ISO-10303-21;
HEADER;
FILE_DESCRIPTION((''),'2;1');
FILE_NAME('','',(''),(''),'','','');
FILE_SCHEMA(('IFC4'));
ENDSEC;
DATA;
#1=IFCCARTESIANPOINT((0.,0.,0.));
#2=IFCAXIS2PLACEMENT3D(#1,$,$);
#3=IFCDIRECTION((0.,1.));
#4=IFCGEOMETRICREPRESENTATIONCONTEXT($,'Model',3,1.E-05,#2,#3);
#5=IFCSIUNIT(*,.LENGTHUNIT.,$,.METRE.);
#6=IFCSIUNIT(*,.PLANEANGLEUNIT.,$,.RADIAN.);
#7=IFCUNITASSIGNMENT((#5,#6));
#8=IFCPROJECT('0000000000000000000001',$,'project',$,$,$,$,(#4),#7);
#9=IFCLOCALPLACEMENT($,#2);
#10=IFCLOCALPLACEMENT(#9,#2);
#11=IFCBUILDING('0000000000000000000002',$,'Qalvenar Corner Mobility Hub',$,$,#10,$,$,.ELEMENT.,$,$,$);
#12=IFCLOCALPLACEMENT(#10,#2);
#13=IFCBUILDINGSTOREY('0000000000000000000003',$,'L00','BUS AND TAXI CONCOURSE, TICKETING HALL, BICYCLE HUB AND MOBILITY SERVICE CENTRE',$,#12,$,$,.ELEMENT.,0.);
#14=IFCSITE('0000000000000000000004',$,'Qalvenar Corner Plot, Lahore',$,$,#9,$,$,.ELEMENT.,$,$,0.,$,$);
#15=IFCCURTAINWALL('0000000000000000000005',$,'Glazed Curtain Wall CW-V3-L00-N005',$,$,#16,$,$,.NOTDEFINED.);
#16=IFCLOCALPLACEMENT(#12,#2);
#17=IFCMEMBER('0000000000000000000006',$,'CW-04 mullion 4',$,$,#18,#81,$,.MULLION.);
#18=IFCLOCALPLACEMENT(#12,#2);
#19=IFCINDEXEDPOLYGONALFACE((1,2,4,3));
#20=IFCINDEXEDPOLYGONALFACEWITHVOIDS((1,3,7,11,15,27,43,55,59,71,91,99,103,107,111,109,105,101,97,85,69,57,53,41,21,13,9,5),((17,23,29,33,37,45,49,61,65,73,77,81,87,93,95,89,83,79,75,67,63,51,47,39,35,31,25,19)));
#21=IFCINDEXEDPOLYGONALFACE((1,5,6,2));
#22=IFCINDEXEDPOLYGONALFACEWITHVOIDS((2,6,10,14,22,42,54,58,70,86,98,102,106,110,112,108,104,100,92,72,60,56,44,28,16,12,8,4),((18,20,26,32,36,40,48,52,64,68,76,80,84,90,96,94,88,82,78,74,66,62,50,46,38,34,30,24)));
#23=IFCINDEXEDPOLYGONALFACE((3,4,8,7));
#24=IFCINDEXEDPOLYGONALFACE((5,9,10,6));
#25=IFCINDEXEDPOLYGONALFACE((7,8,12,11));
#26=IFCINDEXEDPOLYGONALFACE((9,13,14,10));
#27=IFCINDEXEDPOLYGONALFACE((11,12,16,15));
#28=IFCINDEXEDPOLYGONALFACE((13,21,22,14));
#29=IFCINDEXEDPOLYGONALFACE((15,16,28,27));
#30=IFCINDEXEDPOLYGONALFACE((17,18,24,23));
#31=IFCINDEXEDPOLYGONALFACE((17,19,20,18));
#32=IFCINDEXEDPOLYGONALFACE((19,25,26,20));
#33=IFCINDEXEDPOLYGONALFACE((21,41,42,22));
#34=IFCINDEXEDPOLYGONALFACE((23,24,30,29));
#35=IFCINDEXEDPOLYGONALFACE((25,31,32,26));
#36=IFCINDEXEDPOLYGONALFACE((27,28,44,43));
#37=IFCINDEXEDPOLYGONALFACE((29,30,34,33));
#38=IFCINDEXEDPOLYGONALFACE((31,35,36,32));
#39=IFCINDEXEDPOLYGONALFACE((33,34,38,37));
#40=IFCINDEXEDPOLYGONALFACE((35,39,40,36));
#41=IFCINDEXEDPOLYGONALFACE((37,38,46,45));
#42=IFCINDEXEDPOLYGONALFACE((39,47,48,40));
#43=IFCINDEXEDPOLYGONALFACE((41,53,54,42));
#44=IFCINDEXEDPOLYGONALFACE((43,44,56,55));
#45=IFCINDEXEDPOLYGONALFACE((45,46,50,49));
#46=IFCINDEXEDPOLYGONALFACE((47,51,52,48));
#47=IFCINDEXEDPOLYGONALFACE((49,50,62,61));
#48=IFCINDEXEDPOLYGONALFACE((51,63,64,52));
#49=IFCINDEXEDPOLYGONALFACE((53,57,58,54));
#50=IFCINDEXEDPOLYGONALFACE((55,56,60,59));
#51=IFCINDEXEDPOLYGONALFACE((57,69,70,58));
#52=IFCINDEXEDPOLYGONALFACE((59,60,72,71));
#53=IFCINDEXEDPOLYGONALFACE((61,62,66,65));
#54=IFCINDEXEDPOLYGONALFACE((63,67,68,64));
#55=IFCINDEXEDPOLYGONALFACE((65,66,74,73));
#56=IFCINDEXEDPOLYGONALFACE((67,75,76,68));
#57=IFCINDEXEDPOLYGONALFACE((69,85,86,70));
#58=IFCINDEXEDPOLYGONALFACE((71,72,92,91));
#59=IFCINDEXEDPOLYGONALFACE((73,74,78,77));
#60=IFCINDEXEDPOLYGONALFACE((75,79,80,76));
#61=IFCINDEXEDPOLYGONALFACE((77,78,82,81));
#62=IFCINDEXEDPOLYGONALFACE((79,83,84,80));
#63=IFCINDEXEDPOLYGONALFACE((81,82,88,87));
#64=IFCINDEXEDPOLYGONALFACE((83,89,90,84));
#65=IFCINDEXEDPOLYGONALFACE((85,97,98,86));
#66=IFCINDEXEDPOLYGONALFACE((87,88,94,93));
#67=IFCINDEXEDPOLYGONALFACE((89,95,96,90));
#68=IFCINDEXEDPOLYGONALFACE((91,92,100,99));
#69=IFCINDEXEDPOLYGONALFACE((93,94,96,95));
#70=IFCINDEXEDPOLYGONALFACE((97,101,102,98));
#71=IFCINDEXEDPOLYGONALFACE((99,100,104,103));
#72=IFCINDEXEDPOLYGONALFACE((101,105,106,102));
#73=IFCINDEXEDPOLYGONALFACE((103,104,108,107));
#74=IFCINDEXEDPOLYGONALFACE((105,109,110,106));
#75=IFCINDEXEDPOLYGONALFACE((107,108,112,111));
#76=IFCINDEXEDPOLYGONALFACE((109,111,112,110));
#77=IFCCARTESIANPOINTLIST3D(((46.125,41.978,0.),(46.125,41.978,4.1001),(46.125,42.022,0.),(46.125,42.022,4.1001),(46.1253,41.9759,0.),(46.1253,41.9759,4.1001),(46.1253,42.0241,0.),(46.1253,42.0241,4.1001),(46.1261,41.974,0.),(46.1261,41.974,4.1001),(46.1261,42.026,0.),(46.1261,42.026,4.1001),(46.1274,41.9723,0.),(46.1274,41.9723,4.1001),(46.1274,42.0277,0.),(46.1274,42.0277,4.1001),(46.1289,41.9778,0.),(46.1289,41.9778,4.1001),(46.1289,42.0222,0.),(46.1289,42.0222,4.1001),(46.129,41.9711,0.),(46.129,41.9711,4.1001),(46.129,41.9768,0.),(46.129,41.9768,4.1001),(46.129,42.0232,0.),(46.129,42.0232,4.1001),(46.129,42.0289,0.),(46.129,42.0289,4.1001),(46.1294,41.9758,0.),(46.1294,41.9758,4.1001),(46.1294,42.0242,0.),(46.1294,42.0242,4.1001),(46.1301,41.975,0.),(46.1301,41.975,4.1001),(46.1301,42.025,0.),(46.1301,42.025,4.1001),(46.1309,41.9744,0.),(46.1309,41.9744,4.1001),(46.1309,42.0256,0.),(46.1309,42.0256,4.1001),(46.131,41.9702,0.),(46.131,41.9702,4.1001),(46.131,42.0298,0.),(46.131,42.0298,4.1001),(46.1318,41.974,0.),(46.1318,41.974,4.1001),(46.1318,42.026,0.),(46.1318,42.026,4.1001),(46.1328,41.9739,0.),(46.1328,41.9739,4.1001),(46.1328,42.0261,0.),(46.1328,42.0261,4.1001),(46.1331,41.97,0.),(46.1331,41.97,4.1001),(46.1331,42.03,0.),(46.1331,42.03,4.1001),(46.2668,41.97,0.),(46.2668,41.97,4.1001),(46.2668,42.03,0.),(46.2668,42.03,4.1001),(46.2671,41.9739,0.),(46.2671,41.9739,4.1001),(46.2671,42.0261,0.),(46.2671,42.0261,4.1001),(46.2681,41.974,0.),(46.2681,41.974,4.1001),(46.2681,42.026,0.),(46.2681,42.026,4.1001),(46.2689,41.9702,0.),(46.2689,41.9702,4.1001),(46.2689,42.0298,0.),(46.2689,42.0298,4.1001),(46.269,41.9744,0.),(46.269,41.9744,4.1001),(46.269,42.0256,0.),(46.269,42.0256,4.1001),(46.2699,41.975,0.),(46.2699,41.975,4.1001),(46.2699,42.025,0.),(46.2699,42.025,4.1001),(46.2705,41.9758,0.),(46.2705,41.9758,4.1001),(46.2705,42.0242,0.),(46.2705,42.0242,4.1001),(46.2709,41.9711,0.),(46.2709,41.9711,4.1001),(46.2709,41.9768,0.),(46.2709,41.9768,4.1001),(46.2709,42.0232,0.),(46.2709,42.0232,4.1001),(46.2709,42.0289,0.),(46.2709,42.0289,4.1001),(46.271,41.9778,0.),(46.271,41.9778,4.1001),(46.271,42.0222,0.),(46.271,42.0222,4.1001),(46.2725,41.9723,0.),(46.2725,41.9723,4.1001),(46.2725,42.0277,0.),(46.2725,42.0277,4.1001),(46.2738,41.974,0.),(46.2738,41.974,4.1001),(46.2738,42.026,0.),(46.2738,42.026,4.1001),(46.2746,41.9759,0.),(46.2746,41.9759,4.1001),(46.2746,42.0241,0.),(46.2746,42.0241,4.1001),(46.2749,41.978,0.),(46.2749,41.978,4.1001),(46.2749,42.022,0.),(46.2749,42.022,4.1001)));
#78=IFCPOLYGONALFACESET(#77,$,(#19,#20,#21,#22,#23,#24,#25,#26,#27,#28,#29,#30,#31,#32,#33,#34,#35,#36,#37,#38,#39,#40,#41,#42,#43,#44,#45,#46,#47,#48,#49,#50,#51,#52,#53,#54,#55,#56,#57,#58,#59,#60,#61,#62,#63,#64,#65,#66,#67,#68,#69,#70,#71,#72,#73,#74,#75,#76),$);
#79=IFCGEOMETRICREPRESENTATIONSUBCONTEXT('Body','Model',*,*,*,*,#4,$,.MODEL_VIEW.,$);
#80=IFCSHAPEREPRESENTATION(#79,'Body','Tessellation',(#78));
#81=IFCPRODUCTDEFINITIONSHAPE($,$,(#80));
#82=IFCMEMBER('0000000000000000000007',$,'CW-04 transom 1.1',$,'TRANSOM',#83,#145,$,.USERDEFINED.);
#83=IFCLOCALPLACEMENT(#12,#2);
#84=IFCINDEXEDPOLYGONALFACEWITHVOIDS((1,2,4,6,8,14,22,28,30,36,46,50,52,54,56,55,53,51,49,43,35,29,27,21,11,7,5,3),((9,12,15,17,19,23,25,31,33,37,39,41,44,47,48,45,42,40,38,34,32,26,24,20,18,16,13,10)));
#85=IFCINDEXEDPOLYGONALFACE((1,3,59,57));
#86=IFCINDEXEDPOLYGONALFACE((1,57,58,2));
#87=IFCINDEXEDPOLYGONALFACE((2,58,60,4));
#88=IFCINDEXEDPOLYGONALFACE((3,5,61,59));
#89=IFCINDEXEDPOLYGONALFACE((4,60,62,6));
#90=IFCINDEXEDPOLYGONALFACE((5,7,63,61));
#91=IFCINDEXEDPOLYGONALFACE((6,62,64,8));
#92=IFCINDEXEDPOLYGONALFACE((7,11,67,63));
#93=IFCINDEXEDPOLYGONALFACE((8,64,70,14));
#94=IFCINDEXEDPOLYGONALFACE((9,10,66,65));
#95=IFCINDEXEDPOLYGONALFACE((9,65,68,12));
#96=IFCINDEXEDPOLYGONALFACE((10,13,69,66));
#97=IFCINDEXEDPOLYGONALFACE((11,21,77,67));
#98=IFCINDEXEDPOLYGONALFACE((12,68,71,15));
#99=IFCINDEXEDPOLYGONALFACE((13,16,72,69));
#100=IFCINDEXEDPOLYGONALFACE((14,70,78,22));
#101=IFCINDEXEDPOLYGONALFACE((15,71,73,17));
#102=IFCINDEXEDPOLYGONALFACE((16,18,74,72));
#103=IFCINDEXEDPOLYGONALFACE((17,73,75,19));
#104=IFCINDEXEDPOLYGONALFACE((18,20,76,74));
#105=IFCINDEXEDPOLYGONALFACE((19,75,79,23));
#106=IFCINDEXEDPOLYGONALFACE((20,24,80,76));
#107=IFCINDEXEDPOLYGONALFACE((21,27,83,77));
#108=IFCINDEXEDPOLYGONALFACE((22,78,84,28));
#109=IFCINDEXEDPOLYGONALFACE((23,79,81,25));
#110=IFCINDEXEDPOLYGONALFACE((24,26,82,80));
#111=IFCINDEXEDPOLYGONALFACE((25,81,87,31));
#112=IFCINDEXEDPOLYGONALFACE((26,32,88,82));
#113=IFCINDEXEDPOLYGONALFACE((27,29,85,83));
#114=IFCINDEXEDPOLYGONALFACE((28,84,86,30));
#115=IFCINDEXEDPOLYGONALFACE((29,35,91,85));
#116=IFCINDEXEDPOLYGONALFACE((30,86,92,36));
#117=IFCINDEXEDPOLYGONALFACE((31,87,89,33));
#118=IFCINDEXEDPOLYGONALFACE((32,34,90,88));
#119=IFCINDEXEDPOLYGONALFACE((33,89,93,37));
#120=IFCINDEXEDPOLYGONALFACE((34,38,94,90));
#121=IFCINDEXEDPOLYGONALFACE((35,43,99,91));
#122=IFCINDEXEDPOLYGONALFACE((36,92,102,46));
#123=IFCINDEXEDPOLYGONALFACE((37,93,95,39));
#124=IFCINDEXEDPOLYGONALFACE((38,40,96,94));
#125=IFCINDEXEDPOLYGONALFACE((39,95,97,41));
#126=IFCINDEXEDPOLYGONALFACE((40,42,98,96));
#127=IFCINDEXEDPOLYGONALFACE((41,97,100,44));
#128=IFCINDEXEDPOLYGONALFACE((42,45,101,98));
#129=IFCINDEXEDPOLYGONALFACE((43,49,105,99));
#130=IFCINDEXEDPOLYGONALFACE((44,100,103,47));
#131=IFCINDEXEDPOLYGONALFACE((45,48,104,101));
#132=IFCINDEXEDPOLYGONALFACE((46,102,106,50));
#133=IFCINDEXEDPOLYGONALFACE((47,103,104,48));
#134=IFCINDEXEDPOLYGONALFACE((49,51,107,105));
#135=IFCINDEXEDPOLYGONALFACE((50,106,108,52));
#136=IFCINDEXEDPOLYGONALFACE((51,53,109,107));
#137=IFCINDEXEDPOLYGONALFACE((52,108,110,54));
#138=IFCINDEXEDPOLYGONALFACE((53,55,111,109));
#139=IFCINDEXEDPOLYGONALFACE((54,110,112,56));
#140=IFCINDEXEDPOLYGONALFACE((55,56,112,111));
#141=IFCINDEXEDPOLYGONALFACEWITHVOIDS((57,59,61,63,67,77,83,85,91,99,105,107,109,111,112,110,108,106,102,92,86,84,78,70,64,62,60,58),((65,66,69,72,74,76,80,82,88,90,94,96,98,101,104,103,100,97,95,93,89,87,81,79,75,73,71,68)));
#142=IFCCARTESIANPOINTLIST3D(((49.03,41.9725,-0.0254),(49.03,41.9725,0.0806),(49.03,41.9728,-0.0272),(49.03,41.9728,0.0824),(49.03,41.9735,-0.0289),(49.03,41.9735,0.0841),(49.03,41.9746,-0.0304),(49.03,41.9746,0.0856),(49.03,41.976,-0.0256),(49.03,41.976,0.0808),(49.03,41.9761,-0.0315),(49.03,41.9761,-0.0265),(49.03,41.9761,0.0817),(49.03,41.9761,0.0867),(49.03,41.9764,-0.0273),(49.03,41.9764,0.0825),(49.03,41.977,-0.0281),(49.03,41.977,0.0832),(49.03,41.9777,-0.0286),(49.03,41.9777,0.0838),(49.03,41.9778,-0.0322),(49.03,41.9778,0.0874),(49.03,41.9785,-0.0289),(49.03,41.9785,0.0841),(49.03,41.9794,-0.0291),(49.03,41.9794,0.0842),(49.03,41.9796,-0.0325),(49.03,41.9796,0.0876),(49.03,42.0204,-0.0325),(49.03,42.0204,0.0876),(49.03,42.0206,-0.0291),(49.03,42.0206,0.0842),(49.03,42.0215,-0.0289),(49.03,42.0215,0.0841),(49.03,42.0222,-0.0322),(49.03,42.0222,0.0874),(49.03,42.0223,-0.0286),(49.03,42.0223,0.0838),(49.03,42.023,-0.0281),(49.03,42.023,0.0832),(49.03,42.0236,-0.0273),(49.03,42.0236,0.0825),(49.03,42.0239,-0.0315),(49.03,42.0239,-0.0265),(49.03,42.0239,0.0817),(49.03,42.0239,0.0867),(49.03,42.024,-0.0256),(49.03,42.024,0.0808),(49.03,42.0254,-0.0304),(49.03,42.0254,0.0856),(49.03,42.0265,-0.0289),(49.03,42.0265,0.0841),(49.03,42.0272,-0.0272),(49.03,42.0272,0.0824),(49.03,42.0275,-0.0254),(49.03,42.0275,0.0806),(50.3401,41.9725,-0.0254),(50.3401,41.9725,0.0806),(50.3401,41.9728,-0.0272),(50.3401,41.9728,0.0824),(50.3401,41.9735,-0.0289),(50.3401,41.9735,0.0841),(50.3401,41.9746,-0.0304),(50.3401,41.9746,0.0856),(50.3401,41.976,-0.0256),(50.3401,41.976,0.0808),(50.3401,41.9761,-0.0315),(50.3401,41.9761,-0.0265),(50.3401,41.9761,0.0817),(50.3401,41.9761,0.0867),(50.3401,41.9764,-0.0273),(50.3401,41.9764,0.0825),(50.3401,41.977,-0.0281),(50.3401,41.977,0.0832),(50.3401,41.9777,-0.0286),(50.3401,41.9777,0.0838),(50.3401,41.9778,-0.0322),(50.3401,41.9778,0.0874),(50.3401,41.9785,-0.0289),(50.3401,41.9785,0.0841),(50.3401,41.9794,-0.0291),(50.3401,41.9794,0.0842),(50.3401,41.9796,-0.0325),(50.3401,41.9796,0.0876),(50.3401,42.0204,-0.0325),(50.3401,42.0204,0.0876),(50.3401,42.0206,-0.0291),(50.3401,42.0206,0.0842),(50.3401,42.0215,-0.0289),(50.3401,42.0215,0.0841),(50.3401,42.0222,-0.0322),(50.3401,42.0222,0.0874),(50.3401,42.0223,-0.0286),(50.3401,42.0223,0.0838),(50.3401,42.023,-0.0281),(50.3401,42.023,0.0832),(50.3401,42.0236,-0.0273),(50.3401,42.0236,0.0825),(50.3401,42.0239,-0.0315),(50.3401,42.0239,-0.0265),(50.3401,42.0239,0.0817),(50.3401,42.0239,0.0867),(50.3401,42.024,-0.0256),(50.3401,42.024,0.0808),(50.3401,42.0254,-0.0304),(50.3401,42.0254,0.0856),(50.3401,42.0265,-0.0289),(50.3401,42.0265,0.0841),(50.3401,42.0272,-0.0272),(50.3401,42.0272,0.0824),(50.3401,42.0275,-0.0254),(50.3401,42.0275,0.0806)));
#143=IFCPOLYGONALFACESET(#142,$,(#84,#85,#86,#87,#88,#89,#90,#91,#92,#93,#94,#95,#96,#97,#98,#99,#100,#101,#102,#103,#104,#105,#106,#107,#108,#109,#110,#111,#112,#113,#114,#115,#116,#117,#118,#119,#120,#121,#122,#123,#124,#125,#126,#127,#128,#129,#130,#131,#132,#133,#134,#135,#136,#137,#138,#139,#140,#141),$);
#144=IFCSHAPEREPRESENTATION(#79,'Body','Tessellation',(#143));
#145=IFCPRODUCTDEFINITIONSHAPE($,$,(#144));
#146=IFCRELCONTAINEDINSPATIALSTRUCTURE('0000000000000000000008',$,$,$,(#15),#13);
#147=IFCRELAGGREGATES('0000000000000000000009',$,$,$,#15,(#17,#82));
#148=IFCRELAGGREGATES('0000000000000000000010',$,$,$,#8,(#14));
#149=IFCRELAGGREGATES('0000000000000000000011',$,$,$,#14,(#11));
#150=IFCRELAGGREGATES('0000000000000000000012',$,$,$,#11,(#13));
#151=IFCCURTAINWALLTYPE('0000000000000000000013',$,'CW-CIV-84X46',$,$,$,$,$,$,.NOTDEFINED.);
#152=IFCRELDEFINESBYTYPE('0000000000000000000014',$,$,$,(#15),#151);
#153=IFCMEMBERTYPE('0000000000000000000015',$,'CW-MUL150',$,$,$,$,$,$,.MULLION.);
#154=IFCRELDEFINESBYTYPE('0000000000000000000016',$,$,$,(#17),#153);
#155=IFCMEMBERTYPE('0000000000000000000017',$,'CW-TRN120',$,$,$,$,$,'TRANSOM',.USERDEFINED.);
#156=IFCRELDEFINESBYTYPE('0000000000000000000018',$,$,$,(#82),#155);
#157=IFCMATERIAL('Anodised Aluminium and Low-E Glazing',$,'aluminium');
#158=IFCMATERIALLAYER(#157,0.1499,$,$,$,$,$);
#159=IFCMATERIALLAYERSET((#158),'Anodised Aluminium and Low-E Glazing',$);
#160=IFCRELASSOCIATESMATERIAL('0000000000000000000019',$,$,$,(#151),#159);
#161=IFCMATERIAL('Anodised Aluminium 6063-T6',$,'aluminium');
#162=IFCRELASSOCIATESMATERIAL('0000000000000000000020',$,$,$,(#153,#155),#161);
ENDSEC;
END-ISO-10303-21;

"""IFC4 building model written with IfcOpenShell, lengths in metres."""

from ifc_helpers import new_model, si_unit, direction, frame, origin, origin_2d, place, context, subcontext, project, spatial, hollow_rectangle, extrude, material, layer, layer_set, material_profile, profile_set, type_object, element, aggregate, save


model = new_model("IFC4")

# Units and contexts
model_context = context("Model", 3, precision=1e-05, world=origin(), true_north=direction((0.0, 1.0)))
body_context = subcontext(model_context, "Body", "Model", "MODEL_VIEW")
ifc_project = project(units=[si_unit("LENGTHUNIT", "METRE"), si_unit("PLANEANGLEUNIT", "RADIAN")], contexts=[model_context])

# Site, building, storey
site_placement = place(None, origin())
site = spatial("IfcSite", under=ifc_project, at=site_placement, Name="Qalvenar Corner Plot, Lahore", CompositionType="ELEMENT", RefElevation=0.0)
building_placement = place(site_placement, origin())
building = spatial("IfcBuilding", under=site, at=building_placement, Name="Qalvenar Corner Mobility Hub", CompositionType="ELEMENT")
storey_placement = place(building_placement, origin())
storey = spatial("IfcBuildingStorey", under=building, at=storey_placement, Name="L00", Description="BUS AND TAXI CONCOURSE, TICKETING HALL, BICYCLE HUB AND MOBILITY SERVICE CENTRE", CompositionType="ELEMENT", Elevation=0.0)

# Curtain wall, members
ifc_material_1 = material(Name="Anodised Aluminium and Low-E Glazing", Category="aluminium")
ifc_layer_1 = layer(ifc_material_1, 0.1499)
ifc_layer_set_1 = layer_set([ifc_layer_1], Name="Anodised Aluminium and Low-E Glazing")
curtain_wall_type = type_object("IfcCurtainWallType", Name="CW-CIV-84X46", PredefinedType="NOTDEFINED", material=ifc_layer_set_1)
curtain_wall_placement = place(storey_placement, origin())
curtain_wall = element("IfcCurtainWall", 1, at=curtain_wall_placement, inside=storey, type_object=curtain_wall_type, Name="Glazed Curtain Wall CW-V3-L00-N005", PredefinedType="NOTDEFINED")
ifc_material_2 = material(Name="Anodised Aluminium 6063-T6", Category="aluminium")
ifc_material_profile_1 = material_profile(ifc_material_2, hollow_rectangle(XDim=0.0601, YDim=0.1499, WallThickness=0.0039, InnerFilletRadius=0.0039, OuterFilletRadius=0.0081, at=origin_2d()), Name="RHS150x60x4")
ifc_profile_set_1 = profile_set([ifc_material_profile_1], Name="Anodised Aluminium 6063-T6")
member_type_1 = type_object("IfcMemberType", Name="CW-MUL150", PredefinedType="MULLION", material=ifc_profile_set_1)
member_1_placement = place(storey_placement, frame((46.2, 42.0, 0.0), z_axis=(0.0, 0.0, 1.0), x_axis=(0.0, -1.0, 0.0)))
member_1 = element("IfcMember", 2, at=member_1_placement, type_object=member_type_1, Name="CW-04 mullion 4", PredefinedType="MULLION", context=body_context, shape_type="SweptSolid", body=[
    extrude(hollow_rectangle(XDim=0.0601, YDim=0.1499, WallThickness=0.0039, InnerFilletRadius=0.0039, OuterFilletRadius=0.0081, at=origin_2d()), origin(), (0.0, 0.0, 1.0), 4.1001),
])
ifc_material_profile_2 = material_profile(ifc_material_2, hollow_rectangle(XDim=0.0549, YDim=0.1201, WallThickness=0.0034, InnerFilletRadius=0.0034, OuterFilletRadius=0.0071, at=origin_2d()), Name="RHS120x55x3.5")
ifc_profile_set_2 = profile_set([ifc_material_profile_2], Name="Anodised Aluminium 6063-T6")
member_type_2 = type_object("IfcMemberType", Name="CW-TRN120", ElementType="TRANSOM", PredefinedType="USERDEFINED", material=ifc_profile_set_2)
member_2_placement = place(storey_placement, frame((50.3401, 42.0, 0.0276), z_axis=(-1.0, 0.0, 0.0), x_axis=(0.0, -1.0, 0.0)))
member_2 = element("IfcMember", 3, at=member_2_placement, type_object=member_type_2, Name="CW-04 transom 1.1", ObjectType="TRANSOM", PredefinedType="USERDEFINED", context=body_context, shape_type="SweptSolid", body=[
    extrude(hollow_rectangle(XDim=0.0549, YDim=0.1201, WallThickness=0.0034, InnerFilletRadius=0.0034, OuterFilletRadius=0.0071, at=origin_2d()), origin(), (0.0, 0.0, 1.0), 1.3101),
])
aggregate(curtain_wall, [member_1, member_2])

save(model, "model.ifc")
